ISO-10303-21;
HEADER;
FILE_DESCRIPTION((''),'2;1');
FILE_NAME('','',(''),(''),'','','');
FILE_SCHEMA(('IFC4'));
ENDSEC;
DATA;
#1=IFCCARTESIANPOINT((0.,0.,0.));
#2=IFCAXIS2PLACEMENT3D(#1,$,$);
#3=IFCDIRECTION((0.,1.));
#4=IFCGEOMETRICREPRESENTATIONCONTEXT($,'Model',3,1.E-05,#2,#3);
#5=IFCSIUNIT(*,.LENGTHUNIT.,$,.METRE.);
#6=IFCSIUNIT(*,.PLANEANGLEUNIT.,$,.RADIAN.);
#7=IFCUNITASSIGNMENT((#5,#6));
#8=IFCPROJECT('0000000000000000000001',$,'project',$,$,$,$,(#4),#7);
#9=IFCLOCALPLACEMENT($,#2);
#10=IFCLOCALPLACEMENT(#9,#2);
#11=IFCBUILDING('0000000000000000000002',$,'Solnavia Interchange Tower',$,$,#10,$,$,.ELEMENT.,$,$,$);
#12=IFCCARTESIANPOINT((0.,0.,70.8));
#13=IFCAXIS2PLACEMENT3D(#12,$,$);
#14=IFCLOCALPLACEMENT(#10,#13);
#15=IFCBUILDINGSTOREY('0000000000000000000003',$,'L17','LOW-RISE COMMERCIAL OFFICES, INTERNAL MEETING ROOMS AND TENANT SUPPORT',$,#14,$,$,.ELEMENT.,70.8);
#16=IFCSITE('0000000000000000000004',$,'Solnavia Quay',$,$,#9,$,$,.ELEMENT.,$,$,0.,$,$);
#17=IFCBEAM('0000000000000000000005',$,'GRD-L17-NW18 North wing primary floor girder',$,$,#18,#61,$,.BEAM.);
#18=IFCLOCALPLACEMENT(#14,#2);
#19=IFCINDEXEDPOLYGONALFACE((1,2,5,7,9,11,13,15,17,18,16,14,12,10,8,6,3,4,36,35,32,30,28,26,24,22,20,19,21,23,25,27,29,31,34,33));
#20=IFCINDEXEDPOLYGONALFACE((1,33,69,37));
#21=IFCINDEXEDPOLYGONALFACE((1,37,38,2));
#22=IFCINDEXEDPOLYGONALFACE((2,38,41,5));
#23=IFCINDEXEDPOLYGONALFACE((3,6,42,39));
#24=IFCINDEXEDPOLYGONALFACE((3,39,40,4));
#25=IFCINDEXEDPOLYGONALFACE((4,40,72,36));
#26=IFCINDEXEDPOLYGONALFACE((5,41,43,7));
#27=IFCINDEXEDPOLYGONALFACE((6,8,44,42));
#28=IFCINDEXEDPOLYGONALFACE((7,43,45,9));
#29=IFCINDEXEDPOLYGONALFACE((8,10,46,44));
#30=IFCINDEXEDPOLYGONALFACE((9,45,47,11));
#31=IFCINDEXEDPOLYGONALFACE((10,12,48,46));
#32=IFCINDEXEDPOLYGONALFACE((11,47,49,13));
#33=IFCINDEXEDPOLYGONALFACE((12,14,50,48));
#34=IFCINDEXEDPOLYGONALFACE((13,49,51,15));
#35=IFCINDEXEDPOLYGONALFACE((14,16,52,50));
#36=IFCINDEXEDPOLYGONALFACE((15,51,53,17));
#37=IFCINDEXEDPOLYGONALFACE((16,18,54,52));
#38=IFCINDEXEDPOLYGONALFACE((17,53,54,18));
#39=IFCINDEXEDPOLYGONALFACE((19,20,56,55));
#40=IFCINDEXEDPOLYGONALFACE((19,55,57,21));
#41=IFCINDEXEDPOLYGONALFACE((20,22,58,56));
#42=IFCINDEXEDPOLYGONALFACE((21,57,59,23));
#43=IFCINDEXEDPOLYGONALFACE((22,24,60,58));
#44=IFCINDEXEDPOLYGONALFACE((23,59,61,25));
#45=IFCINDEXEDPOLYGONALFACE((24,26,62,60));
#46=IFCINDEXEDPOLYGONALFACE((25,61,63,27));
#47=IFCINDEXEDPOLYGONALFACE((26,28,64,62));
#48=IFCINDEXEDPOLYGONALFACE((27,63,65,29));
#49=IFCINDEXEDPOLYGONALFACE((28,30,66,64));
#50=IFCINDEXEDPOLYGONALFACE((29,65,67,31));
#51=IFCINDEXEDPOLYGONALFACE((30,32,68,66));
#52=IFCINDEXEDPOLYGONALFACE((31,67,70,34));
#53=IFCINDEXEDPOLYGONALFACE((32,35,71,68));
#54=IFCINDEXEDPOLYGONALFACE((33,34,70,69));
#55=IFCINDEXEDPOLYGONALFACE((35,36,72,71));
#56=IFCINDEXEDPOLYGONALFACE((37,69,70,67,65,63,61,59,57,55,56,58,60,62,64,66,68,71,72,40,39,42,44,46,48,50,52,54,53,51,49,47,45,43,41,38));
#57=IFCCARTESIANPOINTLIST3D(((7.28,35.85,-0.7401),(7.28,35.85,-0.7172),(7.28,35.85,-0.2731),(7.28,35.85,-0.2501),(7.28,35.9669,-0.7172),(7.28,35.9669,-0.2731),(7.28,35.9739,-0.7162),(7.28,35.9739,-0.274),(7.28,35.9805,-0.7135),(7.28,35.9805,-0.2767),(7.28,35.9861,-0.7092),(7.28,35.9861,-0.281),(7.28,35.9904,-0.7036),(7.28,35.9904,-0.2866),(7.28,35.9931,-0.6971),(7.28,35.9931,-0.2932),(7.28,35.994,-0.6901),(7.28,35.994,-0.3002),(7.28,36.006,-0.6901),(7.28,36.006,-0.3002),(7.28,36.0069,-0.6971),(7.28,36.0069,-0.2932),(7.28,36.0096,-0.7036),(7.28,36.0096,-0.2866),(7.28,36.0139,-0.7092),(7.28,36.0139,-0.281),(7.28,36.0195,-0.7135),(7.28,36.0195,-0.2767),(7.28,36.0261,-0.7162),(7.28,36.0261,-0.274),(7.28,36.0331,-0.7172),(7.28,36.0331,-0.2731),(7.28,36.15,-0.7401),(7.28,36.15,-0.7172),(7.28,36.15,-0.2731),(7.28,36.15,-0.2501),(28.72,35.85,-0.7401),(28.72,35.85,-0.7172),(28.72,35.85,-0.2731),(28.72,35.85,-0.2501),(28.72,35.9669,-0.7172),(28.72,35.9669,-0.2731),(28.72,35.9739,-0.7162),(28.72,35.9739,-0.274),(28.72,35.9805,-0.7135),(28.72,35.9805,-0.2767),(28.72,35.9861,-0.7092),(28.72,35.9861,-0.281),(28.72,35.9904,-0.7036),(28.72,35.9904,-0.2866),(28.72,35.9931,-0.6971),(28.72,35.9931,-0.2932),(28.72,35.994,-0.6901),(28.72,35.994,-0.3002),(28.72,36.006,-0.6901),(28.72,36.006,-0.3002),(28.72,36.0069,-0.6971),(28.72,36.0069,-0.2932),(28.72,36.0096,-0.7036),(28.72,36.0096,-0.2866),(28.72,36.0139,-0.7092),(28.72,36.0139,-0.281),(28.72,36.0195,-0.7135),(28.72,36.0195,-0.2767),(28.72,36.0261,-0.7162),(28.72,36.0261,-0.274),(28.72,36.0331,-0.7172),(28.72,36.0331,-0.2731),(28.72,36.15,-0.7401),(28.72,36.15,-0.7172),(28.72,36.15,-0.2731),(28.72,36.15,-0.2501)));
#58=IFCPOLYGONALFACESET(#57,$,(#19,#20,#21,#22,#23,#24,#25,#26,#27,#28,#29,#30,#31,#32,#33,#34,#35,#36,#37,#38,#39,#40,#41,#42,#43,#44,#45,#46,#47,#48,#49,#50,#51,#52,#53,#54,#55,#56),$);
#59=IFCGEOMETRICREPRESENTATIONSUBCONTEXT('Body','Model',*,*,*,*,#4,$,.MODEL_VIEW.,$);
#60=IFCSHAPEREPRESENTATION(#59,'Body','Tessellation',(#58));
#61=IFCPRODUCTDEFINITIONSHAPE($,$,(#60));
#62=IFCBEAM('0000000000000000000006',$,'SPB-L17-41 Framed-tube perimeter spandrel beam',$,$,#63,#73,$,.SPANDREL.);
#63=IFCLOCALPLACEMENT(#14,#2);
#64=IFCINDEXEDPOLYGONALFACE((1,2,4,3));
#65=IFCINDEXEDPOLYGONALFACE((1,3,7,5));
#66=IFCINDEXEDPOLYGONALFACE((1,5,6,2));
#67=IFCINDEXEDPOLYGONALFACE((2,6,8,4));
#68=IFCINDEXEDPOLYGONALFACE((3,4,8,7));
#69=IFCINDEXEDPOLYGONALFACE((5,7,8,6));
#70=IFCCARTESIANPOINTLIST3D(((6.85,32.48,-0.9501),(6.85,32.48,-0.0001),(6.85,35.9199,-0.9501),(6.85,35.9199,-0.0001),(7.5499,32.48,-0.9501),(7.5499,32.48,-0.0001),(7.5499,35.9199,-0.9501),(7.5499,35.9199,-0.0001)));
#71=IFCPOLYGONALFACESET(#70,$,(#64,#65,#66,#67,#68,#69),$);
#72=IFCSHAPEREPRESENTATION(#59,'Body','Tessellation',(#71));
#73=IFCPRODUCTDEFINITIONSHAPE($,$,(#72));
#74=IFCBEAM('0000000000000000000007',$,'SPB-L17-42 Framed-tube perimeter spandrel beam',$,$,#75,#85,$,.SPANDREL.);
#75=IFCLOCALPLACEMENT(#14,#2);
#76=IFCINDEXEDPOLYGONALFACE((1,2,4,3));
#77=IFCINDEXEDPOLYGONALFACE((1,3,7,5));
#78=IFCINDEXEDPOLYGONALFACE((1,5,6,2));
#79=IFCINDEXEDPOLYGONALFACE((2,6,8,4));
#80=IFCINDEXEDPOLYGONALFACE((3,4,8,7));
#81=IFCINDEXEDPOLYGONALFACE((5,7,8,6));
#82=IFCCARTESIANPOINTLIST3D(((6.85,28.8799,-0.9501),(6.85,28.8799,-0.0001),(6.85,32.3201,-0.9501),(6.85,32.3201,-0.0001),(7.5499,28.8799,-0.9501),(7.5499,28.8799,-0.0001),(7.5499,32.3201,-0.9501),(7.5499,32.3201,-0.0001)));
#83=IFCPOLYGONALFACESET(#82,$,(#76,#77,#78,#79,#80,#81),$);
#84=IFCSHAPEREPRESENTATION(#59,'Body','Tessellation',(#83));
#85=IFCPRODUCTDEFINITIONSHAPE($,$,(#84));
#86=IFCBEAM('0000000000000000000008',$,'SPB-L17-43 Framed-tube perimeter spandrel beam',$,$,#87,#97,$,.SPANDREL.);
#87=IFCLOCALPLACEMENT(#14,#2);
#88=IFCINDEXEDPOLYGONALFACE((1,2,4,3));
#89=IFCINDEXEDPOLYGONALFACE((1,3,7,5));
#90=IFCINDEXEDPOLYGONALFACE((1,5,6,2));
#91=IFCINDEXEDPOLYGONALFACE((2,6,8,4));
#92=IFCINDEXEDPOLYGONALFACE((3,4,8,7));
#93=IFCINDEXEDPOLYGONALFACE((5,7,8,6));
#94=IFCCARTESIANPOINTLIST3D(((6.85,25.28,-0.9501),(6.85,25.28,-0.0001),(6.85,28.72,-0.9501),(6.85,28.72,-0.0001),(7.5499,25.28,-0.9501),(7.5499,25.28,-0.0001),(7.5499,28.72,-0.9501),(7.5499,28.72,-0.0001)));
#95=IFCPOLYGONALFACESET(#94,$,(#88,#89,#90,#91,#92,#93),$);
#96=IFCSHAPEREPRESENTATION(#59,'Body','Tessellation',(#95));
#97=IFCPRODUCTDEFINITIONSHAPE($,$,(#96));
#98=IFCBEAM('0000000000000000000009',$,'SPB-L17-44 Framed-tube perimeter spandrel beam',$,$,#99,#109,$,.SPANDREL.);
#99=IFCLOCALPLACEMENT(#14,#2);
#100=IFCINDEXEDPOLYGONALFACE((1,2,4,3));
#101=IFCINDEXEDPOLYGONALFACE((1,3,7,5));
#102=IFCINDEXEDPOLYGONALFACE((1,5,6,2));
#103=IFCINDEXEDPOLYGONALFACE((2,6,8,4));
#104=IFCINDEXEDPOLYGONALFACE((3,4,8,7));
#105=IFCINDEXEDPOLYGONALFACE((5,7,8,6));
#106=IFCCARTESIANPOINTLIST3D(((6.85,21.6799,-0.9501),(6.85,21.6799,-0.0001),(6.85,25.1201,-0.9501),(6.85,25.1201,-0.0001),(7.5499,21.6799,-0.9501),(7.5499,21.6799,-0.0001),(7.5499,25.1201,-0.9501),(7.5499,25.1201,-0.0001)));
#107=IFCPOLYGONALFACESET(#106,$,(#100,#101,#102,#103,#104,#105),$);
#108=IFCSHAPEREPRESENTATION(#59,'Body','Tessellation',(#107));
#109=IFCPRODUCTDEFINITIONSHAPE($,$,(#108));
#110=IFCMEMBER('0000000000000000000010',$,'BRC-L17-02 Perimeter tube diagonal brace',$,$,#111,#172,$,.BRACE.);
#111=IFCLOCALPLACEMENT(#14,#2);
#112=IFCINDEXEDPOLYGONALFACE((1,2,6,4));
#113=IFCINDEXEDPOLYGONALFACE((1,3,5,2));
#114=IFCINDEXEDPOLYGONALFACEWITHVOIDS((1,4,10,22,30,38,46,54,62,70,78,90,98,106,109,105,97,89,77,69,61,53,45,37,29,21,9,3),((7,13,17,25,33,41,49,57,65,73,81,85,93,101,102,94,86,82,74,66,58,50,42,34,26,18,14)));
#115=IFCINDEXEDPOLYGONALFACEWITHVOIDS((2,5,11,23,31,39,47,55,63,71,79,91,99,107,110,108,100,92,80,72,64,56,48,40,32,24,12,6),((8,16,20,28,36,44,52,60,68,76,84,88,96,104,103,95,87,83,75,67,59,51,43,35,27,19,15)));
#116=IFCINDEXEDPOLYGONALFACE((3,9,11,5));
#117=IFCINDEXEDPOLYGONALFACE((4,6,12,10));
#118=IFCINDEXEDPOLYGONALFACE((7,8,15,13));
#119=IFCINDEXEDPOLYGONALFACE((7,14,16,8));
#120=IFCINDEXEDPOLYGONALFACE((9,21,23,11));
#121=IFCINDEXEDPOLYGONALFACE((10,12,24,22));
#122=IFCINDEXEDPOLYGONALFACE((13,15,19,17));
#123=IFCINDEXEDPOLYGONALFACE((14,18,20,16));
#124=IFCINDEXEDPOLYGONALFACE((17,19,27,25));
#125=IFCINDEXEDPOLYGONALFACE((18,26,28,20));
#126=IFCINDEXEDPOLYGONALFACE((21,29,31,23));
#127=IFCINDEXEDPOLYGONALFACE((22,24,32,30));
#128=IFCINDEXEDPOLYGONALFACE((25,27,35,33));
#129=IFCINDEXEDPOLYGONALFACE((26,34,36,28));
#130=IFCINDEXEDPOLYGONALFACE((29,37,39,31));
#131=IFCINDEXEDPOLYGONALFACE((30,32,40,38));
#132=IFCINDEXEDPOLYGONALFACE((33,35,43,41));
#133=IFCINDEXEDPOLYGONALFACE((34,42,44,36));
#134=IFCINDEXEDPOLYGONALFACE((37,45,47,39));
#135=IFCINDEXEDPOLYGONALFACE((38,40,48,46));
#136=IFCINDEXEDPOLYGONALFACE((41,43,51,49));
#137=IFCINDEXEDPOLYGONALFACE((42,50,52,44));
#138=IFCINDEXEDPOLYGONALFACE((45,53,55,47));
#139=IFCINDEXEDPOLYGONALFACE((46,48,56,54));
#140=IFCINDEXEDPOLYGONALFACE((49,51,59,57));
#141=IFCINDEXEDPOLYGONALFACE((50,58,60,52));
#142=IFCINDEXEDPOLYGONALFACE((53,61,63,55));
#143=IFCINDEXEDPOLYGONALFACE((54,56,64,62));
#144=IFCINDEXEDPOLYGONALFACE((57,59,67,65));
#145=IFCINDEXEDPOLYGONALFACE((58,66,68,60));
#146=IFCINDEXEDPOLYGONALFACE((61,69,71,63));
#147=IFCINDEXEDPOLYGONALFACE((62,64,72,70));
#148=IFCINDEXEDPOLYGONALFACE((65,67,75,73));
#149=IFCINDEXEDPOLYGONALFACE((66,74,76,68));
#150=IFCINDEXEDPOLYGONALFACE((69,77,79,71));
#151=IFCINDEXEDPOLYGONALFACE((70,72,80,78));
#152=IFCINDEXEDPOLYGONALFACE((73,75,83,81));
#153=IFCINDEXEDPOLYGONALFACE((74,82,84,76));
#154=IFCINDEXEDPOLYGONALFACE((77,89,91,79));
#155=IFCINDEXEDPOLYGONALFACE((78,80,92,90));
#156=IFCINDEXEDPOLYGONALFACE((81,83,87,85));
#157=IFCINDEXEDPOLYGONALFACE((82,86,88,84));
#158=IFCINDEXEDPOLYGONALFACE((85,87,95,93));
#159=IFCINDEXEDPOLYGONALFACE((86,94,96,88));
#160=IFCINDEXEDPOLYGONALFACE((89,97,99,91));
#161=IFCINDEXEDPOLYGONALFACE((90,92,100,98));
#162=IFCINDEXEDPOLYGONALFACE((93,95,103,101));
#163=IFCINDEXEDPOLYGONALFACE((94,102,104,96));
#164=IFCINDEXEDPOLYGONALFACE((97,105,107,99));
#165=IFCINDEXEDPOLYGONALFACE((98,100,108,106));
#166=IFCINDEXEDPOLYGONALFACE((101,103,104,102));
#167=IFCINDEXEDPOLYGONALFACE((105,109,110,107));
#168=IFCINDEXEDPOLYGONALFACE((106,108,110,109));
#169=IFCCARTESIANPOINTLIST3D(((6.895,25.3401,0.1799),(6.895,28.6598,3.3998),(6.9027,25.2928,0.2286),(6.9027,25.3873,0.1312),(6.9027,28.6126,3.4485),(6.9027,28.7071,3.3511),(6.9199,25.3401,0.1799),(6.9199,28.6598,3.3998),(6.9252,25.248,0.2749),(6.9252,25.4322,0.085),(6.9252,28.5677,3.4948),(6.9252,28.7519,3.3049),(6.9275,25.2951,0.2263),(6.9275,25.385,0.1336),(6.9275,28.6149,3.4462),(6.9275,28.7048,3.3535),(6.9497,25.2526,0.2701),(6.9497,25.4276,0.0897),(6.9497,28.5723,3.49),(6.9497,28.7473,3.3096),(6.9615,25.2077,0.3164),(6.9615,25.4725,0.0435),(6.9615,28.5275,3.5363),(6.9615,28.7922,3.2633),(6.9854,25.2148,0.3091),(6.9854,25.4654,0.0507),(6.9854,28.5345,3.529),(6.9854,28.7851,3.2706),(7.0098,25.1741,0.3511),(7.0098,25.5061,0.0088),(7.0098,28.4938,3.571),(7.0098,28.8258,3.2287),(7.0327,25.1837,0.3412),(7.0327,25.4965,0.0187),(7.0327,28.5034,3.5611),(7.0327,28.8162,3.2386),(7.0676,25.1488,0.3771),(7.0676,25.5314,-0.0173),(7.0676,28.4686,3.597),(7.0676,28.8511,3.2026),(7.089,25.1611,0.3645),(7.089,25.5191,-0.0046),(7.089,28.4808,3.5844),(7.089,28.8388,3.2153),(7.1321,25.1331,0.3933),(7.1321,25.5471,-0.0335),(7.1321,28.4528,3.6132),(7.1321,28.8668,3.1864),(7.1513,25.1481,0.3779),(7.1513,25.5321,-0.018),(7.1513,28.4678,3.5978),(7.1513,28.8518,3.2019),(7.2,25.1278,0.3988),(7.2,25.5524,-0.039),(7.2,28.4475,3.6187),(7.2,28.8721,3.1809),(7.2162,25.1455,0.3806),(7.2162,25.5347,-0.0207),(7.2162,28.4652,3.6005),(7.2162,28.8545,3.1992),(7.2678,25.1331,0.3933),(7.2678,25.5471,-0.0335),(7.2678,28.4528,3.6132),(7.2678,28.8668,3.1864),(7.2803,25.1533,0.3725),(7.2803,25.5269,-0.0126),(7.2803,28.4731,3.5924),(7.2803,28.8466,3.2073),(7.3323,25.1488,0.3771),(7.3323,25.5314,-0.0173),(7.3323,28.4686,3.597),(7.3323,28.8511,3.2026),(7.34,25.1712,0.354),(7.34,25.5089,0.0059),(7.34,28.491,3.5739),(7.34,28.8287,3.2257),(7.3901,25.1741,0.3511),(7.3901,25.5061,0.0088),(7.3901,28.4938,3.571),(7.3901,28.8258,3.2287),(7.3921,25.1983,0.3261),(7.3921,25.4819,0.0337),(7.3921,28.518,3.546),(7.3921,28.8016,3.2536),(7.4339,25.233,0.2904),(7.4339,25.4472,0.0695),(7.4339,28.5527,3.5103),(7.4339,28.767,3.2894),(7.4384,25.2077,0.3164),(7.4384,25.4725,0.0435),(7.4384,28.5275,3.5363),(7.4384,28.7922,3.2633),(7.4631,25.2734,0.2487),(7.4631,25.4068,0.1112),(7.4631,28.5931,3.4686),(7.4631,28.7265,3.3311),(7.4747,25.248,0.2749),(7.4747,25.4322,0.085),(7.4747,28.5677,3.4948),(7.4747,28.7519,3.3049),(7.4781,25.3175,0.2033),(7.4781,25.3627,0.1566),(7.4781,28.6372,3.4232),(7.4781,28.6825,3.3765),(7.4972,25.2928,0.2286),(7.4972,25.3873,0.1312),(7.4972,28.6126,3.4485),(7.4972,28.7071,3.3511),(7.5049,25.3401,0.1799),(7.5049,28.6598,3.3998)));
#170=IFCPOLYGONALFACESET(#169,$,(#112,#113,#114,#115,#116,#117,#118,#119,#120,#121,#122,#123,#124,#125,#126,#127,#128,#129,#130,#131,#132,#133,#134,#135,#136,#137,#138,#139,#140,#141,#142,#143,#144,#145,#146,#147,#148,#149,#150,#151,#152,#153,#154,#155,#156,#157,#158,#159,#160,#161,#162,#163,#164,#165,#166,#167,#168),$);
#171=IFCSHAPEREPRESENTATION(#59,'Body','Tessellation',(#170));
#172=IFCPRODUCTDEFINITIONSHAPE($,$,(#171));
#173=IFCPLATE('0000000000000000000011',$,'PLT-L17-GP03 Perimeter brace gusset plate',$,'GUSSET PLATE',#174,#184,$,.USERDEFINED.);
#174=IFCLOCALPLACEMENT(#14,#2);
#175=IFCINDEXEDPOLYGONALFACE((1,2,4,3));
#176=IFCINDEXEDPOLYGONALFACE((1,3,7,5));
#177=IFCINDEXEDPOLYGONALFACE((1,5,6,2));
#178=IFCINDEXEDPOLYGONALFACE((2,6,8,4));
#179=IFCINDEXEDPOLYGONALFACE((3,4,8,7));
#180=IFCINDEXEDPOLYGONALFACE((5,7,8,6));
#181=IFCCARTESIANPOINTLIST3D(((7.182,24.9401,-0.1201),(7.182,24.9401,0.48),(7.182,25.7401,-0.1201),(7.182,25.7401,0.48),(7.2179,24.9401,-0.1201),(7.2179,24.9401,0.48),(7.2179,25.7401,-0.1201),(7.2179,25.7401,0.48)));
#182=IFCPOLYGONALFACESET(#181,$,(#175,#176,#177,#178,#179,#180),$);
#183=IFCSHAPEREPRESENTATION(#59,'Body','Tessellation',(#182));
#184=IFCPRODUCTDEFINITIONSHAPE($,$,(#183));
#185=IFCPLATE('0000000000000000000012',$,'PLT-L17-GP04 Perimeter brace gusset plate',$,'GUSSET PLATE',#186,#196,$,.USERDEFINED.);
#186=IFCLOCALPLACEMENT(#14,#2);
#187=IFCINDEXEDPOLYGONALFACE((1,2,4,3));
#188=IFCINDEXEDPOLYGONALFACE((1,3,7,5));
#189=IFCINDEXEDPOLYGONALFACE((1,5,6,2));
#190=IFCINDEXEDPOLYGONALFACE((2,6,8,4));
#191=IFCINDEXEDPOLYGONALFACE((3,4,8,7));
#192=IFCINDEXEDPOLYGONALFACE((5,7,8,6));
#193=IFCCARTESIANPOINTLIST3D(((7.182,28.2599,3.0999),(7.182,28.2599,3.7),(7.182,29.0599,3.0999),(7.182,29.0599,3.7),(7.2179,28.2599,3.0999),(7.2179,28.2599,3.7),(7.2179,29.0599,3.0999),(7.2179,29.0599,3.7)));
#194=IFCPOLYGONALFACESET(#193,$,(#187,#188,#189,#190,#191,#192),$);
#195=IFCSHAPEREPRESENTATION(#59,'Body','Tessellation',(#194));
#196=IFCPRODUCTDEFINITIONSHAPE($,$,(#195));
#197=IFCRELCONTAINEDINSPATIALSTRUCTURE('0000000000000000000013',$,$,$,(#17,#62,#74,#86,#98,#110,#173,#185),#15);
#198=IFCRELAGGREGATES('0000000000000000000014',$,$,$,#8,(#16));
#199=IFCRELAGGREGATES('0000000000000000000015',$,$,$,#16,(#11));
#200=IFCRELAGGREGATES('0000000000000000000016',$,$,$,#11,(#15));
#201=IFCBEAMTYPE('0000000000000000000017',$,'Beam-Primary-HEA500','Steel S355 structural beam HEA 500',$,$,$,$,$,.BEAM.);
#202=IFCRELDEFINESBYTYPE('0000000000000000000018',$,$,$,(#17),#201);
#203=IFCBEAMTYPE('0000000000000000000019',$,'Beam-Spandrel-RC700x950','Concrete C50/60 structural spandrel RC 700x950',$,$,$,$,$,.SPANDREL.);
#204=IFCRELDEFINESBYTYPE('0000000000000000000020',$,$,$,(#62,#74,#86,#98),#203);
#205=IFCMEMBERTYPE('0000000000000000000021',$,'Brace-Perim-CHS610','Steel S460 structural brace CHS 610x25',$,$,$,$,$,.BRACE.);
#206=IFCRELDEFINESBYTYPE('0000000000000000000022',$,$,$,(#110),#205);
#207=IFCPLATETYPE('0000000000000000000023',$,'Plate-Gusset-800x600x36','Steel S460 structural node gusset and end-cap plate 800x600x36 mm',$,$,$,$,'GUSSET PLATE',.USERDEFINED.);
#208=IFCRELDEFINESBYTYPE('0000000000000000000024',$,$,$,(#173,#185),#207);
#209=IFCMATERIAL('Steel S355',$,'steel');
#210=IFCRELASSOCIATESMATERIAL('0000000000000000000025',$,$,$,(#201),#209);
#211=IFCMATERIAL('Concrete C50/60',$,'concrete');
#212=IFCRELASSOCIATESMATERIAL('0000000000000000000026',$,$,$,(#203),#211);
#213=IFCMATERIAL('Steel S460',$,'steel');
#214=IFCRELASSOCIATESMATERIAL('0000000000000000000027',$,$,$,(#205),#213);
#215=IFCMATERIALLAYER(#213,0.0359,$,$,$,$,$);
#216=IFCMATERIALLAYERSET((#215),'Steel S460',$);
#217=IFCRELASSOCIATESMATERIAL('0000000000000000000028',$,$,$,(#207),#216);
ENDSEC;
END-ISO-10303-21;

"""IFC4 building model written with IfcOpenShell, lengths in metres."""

from ifc_helpers import new_model, si_unit, direction, frame, origin, origin_2d, place, context, subcontext, project, spatial, rectangle, hollow_circle, i_section, extrude, material, layer, layer_set, material_profile, profile_set, type_object, element, save


model = new_model("IFC4")

# Units and contexts
model_context = context("Model", 3, precision=1e-05, world=origin(), true_north=direction((0.0, 1.0)))
body_context = subcontext(model_context, "Body", "Model", "MODEL_VIEW")
ifc_project = project(units=[si_unit("LENGTHUNIT", "METRE"), si_unit("PLANEANGLEUNIT", "RADIAN")], contexts=[model_context])

# Site, building, storey
site_placement = place(None, origin())
site = spatial("IfcSite", under=ifc_project, at=site_placement, Name="Solnavia Quay", CompositionType="ELEMENT", RefElevation=0.0)
building_placement = place(site_placement, origin())
building = spatial("IfcBuilding", under=site, at=building_placement, Name="Solnavia Interchange Tower", CompositionType="ELEMENT")
storey_placement = place(building_placement, frame((0.0, 0.0, 70.8)))
storey = spatial("IfcBuildingStorey", under=building, at=storey_placement, Name="L17", Description="LOW-RISE COMMERCIAL OFFICES, INTERNAL MEETING ROOMS AND TENANT SUPPORT", CompositionType="ELEMENT", Elevation=70.8)

# Beams
ifc_material_1 = material(Name="Steel S460", Category="steel")
ifc_material_2 = material(Name="Steel S355", Category="steel")
ifc_material_profile_1 = material_profile(ifc_material_2, i_section(OverallWidth=0.3, OverallDepth=0.49, WebThickness=0.012, FlangeThickness=0.0229, FilletRadius=0.0271, at=origin_2d()), Name="HEA 500")
ifc_profile_set_1 = profile_set([ifc_material_profile_1], Name="Steel S355")
beam_type_1 = type_object("IfcBeamType", Name="Beam-Primary-HEA500", Description="Steel S355 structural beam HEA 500", PredefinedType="BEAM", material=ifc_profile_set_1)
for number, where, z_axis, x_axis, name in (
    (1, (7.28, 36.0, -0.4951), (1.0, 0.0, 0.0), (0.0, 1.0, 0.0), "GRD-L17-NW18 North wing primary floor girder"),
):
    element("IfcBeam", number, at=place(storey_placement, frame(where, z_axis=z_axis, x_axis=x_axis)), inside=storey, type_object=beam_type_1, Name=name, PredefinedType="BEAM", context=body_context, shape_type="SweptSolid", body=[
        extrude(i_section(OverallWidth=0.3, OverallDepth=0.49, WebThickness=0.012, FlangeThickness=0.0229, FilletRadius=0.0271, at=origin_2d()), origin(), (0.0, 0.0, 1.0), 21.4399),
    ])
ifc_material_3 = material(Name="Concrete C50/60", Category="concrete")
ifc_material_profile_2 = material_profile(ifc_material_3, rectangle(XDim=0.7, YDim=0.95, at=origin_2d()), Name="RC 700x950")
ifc_profile_set_2 = profile_set([ifc_material_profile_2], Name="Concrete C50/60")
beam_type_2 = type_object("IfcBeamType", Name="Beam-Spandrel-RC700x950", Description="Concrete C50/60 structural spandrel RC 700x950", PredefinedType="SPANDREL", material=ifc_profile_set_2)
beam_1_placement = place(storey_placement, frame((7.2, 35.9199, -0.4751), z_axis=(0.0, -1.0, 0.0), x_axis=(1.0, 0.0, 0.0)))
element("IfcBeam", 2, at=beam_1_placement, inside=storey, type_object=beam_type_2, Name="SPB-L17-41 Framed-tube perimeter spandrel beam", PredefinedType="SPANDREL", context=body_context, shape_type="SweptSolid", body=[
    extrude(rectangle(XDim=0.7, YDim=0.95, at=origin_2d()), origin(), (0.0, 0.0, 1.0), 3.4399),
])
beam_2_placement = place(storey_placement, frame((7.2, 32.3201, -0.4751), z_axis=(0.0, -1.0, 0.0), x_axis=(1.0, 0.0, 0.0)))
element("IfcBeam", 3, at=beam_2_placement, inside=storey, type_object=beam_type_2, Name="SPB-L17-42 Framed-tube perimeter spandrel beam", PredefinedType="SPANDREL", context=body_context, shape_type="SweptSolid", body=[
    extrude(rectangle(XDim=0.7, YDim=0.95, at=origin_2d()), origin(), (0.0, 0.0, 1.0), 3.4402),
])
beam_3_placement = place(storey_placement, frame((7.2, 28.72, -0.4751), z_axis=(0.0, -1.0, 0.0), x_axis=(1.0, 0.0, 0.0)))
element("IfcBeam", 4, at=beam_3_placement, inside=storey, type_object=beam_type_2, Name="SPB-L17-43 Framed-tube perimeter spandrel beam", PredefinedType="SPANDREL", context=body_context, shape_type="SweptSolid", body=[
    extrude(rectangle(XDim=0.7, YDim=0.95, at=origin_2d()), origin(), (0.0, 0.0, 1.0), 3.4399),
])
beam_4_placement = place(storey_placement, frame((7.2, 25.1201, -0.4751), z_axis=(0.0, -1.0, 0.0), x_axis=(1.0, 0.0, 0.0)))
element("IfcBeam", 5, at=beam_4_placement, inside=storey, type_object=beam_type_2, Name="SPB-L17-44 Framed-tube perimeter spandrel beam", PredefinedType="SPANDREL", context=body_context, shape_type="SweptSolid", body=[
    extrude(rectangle(XDim=0.7, YDim=0.95, at=origin_2d()), origin(), (0.0, 0.0, 1.0), 3.4402),
])

# Member
ifc_material_profile_3 = material_profile(ifc_material_1, hollow_circle(Radius=0.3049, WallThickness=0.0249, at=origin_2d()), Name="CHS 610x25")
ifc_profile_set_3 = profile_set([ifc_material_profile_3], Name="Steel S460")
member_type = type_object("IfcMemberType", Name="Brace-Perim-CHS610", Description="Steel S460 structural brace CHS 610x25", PredefinedType="BRACE", material=ifc_profile_set_3)
member_placement = place(storey_placement, frame((7.2, 25.3401, 0.1799), z_axis=(0.0, 0.71782, 0.696229), x_axis=(-1.0, 0.0, 0.0)))
element("IfcMember", 6, at=member_placement, inside=storey, type_object=member_type, Name="BRC-L17-02 Perimeter tube diagonal brace", PredefinedType="BRACE", context=body_context, shape_type="SweptSolid", body=[
    extrude(hollow_circle(Radius=0.3049, WallThickness=0.0249, at=origin_2d()), origin(), (0.0, 0.0, 1.0), 4.6248),
])

# Plates
ifc_layer_1 = layer(ifc_material_1, 0.0359)
ifc_layer_set_1 = layer_set([ifc_layer_1], Name="Steel S460")
plate_type = type_object("IfcPlateType", Name="Plate-Gusset-800x600x36", Description="Steel S460 structural node gusset and end-cap plate 800x600x36 mm", ElementType="GUSSET PLATE", PredefinedType="USERDEFINED", material=ifc_layer_set_1)
for number, where, z_axis, x_axis, name in (
    (7, (7.2, 25.3401, -0.1201), (0.0, 0.0, 1.0), (0.0, 1.0, 0.0), "PLT-L17-GP03 Perimeter brace gusset plate"),
    (8, (7.2, 28.6599, 3.0999), (0.0, 0.0, 1.0), (0.0, 1.0, 0.0), "PLT-L17-GP04 Perimeter brace gusset plate"),
):
    element("IfcPlate", number, at=place(storey_placement, frame(where, z_axis=z_axis, x_axis=x_axis)), inside=storey, type_object=plate_type, Name=name, ObjectType="GUSSET PLATE", PredefinedType="USERDEFINED", context=body_context, shape_type="SweptSolid", body=[
        extrude(rectangle(XDim=0.8, YDim=0.0359, at=origin_2d()), origin(), (0.0, 0.0, 1.0), 0.6001),
    ])

save(model, "model.ifc")
